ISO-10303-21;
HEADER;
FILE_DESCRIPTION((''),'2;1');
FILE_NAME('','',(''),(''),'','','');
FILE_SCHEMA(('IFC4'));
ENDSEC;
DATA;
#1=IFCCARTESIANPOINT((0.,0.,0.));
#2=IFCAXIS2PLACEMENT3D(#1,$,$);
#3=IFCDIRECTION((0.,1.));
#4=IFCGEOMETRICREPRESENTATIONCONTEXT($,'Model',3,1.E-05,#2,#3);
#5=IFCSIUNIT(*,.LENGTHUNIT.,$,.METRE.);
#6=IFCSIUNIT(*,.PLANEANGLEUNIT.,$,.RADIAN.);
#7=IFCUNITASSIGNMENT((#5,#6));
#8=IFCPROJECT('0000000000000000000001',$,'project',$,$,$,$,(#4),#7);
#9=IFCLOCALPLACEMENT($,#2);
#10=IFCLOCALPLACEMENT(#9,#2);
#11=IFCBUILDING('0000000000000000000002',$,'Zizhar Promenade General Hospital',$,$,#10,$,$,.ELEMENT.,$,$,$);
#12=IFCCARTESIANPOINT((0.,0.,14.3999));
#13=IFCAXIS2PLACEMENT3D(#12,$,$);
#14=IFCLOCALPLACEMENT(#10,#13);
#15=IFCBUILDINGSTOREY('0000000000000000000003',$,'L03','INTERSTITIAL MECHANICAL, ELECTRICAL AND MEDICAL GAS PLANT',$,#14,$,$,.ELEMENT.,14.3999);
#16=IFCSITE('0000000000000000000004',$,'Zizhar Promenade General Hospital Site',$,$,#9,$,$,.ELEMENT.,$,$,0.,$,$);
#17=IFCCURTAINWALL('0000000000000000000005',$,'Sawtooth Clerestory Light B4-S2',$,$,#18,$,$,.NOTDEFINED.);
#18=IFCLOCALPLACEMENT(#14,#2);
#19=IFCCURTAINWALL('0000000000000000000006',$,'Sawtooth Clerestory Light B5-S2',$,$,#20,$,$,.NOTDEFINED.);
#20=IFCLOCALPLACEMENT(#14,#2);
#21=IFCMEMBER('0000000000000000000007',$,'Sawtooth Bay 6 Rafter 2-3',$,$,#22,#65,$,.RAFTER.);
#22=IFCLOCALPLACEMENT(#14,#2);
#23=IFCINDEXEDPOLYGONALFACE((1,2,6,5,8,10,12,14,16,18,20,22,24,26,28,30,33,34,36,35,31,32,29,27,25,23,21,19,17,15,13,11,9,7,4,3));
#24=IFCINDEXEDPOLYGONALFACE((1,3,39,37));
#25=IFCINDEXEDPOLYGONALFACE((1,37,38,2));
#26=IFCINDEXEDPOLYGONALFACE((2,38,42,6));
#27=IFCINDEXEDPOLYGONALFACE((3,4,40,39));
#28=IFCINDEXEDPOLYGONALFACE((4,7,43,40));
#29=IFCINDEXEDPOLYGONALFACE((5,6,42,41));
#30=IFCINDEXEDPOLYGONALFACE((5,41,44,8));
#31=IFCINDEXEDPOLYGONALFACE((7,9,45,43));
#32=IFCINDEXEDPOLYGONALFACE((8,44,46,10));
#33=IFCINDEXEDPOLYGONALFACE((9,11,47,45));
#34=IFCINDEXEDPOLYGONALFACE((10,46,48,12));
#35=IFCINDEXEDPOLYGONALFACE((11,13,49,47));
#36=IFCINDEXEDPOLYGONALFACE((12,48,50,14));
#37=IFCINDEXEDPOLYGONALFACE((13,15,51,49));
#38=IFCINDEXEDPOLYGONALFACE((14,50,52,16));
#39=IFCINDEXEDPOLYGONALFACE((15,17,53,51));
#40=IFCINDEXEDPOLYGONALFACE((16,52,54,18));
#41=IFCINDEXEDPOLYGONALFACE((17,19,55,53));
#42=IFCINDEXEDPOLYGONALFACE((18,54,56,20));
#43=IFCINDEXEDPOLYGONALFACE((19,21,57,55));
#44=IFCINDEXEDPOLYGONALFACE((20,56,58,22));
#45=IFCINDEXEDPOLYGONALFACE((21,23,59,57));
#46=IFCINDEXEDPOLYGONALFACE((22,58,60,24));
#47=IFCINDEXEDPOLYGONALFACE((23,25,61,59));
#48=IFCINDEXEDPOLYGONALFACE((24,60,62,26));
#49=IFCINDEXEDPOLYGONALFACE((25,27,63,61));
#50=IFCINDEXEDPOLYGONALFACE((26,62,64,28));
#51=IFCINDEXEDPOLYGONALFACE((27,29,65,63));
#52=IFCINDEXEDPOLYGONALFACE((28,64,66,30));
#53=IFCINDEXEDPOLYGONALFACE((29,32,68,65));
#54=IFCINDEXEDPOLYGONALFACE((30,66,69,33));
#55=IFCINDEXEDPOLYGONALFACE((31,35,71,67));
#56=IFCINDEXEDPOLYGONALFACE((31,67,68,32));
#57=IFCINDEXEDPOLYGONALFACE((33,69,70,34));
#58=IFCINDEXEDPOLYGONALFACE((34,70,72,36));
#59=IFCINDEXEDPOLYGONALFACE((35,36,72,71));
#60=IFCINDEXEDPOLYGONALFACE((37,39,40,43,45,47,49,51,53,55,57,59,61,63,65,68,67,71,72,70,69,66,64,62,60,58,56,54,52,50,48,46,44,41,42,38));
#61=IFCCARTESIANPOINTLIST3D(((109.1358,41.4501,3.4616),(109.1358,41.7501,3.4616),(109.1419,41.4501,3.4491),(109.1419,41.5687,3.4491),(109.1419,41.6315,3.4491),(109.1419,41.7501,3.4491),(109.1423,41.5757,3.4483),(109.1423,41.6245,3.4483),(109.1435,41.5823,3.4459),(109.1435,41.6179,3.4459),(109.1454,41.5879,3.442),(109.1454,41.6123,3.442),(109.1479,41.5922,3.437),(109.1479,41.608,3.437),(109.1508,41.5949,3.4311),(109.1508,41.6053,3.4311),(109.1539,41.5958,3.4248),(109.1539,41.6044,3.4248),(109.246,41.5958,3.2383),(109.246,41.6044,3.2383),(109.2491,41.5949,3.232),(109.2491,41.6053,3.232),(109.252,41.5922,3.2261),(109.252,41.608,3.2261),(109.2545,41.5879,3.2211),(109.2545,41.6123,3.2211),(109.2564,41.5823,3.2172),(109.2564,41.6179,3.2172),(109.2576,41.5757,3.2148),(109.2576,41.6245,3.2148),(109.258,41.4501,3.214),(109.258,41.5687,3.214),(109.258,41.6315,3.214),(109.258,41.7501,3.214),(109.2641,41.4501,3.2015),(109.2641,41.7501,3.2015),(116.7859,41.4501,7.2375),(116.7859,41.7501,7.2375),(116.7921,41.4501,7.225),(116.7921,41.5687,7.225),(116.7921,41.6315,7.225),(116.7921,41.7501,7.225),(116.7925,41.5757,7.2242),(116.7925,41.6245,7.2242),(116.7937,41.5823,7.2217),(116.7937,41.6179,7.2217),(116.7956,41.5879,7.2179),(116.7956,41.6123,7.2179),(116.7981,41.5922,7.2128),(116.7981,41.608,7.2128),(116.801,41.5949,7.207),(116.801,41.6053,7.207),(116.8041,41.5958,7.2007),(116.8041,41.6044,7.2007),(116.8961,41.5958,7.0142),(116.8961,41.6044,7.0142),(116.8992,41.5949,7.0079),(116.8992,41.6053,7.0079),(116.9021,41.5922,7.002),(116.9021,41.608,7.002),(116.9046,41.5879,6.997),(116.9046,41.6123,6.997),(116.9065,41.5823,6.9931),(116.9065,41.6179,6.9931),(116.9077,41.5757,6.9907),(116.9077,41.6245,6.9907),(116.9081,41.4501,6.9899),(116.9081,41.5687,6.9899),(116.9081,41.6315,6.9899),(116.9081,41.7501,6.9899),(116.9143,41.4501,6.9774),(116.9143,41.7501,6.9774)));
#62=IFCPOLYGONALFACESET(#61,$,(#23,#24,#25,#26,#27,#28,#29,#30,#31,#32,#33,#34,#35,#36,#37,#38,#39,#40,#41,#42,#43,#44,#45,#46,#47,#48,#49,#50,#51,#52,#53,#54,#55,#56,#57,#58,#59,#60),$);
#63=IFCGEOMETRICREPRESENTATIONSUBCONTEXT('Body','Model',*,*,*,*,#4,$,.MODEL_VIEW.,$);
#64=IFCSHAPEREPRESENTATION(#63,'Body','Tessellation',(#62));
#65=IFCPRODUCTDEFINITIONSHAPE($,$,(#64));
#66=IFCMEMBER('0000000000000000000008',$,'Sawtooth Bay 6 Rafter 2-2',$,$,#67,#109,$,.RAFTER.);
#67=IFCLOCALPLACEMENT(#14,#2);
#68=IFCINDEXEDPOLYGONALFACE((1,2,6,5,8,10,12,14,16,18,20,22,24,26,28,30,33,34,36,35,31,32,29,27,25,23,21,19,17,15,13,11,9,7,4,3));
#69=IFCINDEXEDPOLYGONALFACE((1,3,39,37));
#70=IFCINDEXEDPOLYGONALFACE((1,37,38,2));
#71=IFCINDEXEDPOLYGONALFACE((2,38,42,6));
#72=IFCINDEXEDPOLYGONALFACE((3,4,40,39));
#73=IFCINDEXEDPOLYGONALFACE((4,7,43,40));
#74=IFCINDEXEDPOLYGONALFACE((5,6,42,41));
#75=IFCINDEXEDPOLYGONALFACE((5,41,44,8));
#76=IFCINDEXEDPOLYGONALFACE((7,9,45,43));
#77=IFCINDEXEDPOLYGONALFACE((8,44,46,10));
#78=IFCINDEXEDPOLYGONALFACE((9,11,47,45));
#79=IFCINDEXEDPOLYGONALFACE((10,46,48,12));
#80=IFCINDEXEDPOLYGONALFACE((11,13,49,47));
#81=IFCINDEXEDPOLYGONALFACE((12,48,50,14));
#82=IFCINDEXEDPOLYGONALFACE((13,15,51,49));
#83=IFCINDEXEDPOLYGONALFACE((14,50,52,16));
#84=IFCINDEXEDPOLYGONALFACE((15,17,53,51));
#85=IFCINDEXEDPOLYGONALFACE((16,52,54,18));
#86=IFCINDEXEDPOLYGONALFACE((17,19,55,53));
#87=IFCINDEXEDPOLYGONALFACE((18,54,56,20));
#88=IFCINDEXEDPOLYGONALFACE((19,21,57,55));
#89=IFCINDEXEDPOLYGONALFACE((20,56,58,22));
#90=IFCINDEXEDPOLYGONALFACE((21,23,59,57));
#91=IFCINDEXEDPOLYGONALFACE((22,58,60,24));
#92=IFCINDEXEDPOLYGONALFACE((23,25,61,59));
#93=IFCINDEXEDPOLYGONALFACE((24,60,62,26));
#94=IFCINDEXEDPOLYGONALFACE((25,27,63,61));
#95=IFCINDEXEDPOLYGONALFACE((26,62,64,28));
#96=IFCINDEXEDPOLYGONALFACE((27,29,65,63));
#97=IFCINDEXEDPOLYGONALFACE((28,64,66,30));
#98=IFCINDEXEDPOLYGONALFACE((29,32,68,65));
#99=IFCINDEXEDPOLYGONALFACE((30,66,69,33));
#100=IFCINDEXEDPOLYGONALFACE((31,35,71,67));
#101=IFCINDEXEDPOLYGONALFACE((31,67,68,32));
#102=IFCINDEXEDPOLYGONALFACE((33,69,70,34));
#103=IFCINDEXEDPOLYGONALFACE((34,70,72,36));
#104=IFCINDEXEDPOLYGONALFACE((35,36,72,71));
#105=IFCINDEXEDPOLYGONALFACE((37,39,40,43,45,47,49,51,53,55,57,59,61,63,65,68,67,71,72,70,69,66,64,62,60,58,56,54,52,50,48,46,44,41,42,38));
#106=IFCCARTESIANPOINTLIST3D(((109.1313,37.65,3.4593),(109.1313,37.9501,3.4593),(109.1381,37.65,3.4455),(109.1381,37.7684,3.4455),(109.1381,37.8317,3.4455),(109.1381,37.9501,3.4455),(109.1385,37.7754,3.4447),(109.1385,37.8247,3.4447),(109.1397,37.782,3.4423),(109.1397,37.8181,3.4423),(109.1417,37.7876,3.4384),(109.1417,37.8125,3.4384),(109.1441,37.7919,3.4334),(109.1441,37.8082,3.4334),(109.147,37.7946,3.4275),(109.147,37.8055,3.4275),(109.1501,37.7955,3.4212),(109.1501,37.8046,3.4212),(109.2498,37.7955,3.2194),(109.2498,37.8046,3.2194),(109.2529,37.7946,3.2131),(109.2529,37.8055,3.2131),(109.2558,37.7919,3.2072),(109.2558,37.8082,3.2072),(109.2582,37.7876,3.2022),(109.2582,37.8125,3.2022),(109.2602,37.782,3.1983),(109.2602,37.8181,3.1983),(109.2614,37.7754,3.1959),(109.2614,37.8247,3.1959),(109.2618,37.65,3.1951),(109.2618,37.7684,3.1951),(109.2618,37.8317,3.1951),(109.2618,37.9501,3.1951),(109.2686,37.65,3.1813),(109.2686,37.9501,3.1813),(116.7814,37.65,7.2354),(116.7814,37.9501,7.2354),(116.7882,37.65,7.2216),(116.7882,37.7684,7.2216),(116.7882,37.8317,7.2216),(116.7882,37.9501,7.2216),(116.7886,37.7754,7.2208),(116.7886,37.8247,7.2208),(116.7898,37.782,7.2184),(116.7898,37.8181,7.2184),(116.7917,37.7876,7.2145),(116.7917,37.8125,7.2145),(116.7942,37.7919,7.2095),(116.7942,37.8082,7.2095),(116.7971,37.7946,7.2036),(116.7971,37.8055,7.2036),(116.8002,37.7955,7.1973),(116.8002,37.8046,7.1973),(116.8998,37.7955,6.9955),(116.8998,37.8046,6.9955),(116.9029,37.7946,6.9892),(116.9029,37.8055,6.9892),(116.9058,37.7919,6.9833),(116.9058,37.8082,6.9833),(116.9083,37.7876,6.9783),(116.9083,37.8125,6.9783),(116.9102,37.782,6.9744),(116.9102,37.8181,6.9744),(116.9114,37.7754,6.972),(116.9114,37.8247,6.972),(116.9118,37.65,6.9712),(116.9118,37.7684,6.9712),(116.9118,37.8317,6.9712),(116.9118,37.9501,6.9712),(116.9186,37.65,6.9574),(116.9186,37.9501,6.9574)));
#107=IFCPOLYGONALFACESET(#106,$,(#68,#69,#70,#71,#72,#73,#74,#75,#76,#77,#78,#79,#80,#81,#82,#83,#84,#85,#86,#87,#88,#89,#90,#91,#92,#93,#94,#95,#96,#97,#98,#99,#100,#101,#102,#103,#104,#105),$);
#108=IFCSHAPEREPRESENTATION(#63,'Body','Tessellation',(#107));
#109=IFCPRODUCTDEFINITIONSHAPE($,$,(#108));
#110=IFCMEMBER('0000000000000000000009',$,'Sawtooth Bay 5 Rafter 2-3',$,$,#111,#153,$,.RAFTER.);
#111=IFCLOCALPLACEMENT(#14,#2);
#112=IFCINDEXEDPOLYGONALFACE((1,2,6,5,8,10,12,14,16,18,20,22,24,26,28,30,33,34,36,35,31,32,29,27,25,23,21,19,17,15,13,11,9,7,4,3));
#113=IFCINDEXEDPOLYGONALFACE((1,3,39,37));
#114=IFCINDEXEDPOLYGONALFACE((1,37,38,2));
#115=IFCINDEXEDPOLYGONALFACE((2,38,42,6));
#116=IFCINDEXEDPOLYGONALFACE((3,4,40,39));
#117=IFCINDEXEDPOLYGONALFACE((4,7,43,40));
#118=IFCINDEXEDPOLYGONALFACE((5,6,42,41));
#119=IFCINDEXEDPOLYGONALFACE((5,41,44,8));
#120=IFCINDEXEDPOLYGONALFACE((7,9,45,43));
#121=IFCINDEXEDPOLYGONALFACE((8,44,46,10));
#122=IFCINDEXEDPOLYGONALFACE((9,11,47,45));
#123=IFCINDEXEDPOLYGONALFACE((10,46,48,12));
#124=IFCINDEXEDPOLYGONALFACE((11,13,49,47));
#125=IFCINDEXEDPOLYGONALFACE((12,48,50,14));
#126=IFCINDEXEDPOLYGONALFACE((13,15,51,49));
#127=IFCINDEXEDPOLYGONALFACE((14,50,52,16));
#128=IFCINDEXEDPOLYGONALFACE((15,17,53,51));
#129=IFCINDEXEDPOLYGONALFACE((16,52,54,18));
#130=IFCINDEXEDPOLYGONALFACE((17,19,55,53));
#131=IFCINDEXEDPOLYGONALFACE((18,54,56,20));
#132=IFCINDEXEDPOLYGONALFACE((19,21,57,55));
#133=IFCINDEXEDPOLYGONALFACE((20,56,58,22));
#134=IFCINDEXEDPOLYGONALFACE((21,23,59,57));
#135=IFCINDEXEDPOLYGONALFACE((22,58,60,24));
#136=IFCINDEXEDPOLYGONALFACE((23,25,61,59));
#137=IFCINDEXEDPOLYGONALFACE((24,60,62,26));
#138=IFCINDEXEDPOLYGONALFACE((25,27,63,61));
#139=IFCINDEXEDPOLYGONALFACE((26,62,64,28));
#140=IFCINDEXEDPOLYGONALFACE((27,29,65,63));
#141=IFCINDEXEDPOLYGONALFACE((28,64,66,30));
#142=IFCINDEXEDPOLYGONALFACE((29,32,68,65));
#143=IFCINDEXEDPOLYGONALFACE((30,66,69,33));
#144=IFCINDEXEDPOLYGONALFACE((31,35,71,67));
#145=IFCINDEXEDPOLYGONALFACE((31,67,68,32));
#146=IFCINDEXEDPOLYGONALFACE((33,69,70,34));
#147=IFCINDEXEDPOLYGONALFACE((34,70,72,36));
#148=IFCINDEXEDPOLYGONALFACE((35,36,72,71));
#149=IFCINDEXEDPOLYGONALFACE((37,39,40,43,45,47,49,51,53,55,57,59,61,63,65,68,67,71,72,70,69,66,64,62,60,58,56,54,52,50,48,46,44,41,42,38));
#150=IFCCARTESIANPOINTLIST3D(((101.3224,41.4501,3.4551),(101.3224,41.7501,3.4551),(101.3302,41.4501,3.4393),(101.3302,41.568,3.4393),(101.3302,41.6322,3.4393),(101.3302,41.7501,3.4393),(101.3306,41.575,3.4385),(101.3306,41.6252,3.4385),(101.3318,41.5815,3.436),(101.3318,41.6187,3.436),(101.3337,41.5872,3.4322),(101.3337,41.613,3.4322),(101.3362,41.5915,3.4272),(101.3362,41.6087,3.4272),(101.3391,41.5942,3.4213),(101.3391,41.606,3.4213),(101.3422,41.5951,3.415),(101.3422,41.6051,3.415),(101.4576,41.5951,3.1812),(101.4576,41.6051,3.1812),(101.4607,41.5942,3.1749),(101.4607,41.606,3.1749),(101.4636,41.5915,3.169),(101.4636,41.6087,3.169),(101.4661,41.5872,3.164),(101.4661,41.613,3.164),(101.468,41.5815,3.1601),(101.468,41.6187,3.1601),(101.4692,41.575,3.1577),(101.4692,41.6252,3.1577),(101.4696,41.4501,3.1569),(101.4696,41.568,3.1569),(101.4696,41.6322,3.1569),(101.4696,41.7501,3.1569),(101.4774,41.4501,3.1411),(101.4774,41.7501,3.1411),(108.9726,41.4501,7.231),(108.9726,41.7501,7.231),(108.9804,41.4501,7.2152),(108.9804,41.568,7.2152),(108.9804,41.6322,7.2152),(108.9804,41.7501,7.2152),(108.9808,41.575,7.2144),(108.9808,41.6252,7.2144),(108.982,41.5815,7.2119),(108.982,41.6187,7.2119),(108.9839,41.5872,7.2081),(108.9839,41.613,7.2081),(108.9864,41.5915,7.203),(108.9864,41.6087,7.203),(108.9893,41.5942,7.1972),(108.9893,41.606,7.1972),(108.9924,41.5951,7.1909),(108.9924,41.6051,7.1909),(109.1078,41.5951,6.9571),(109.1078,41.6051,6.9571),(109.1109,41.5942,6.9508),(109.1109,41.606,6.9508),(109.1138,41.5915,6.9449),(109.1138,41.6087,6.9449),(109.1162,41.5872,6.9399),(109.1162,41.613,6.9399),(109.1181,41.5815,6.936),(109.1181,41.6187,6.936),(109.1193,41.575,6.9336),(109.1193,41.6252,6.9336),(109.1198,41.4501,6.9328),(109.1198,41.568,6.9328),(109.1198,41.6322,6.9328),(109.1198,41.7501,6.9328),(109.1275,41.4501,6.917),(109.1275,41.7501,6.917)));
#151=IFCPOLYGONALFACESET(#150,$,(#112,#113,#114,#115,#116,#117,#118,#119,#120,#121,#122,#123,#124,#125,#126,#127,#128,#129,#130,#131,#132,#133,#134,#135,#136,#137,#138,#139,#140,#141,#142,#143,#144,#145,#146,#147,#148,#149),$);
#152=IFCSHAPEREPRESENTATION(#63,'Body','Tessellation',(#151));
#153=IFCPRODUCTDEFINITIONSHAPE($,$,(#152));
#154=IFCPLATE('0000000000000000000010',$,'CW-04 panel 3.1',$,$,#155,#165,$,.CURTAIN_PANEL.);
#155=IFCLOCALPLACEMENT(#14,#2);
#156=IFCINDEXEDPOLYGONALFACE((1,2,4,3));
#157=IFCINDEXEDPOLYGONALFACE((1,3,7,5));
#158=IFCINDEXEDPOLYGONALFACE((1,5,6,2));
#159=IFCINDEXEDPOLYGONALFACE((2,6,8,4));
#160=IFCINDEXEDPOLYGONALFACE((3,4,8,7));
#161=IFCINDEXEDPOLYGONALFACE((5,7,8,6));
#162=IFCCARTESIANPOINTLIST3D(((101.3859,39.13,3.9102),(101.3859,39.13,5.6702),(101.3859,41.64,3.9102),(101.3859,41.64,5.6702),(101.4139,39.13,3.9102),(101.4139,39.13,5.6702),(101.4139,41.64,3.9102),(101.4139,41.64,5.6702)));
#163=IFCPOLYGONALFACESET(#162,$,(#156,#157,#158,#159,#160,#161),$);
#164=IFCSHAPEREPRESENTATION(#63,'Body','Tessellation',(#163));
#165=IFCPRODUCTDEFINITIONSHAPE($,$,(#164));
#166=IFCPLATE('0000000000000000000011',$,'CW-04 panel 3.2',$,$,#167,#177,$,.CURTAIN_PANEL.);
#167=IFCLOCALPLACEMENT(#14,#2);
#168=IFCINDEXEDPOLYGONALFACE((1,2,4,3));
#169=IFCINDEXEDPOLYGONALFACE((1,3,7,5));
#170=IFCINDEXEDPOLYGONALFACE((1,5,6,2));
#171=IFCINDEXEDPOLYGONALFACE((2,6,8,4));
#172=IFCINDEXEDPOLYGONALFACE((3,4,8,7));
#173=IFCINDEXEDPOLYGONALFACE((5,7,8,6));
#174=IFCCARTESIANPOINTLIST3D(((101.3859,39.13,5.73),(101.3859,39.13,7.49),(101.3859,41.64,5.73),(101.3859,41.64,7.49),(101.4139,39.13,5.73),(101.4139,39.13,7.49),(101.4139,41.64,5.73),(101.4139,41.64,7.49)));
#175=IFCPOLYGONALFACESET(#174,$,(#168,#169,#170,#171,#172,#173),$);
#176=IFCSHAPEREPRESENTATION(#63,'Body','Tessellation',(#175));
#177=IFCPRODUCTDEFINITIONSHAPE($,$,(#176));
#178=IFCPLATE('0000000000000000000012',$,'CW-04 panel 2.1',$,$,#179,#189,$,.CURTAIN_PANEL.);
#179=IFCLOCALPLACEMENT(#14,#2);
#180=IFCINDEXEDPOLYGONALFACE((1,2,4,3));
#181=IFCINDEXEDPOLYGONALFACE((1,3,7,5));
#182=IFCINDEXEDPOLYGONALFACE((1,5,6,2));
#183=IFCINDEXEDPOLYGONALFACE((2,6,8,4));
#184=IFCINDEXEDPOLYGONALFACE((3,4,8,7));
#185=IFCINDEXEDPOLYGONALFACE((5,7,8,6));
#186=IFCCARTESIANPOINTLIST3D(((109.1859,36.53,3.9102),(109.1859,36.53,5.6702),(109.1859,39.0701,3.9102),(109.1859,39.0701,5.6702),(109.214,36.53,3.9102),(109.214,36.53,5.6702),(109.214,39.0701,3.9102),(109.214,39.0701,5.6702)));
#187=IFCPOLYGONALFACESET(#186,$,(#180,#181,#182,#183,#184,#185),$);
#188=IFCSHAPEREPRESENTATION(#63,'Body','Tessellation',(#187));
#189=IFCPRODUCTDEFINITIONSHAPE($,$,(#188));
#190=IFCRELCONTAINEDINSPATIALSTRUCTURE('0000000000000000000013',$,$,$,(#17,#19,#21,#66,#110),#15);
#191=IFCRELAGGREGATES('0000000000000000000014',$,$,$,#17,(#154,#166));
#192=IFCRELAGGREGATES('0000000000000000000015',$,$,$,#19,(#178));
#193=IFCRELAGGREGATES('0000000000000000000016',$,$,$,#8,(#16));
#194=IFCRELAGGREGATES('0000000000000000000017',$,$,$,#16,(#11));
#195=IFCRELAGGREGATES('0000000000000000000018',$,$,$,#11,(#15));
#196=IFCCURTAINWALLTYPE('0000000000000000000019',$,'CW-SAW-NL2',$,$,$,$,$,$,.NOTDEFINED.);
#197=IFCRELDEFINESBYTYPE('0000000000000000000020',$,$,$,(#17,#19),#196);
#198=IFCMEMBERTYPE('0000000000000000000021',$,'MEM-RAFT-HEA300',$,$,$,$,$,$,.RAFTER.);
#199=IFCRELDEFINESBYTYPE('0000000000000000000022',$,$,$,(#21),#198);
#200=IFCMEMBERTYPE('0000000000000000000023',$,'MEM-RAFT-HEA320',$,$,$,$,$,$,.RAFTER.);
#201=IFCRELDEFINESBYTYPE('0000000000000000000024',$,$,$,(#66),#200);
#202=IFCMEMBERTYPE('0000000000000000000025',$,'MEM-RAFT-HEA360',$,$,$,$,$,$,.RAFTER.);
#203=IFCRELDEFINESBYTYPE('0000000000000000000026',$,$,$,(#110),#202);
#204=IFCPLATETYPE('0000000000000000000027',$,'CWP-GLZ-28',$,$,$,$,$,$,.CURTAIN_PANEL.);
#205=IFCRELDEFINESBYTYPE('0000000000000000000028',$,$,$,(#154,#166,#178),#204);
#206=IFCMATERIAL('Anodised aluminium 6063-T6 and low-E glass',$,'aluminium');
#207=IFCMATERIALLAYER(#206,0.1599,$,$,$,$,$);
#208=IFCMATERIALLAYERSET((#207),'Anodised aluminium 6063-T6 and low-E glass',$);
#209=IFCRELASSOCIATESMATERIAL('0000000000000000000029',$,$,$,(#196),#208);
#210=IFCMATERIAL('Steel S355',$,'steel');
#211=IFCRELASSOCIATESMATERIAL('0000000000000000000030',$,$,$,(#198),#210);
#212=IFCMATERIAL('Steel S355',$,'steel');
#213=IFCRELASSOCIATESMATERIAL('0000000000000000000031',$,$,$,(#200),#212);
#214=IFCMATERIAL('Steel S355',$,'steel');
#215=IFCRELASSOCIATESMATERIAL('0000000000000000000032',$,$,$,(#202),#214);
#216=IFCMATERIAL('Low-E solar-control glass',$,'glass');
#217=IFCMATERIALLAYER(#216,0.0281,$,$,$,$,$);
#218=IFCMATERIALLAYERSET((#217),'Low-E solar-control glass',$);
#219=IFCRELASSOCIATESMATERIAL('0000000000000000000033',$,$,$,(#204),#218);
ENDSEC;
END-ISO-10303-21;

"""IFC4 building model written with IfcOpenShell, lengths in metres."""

from ifc_helpers import new_model, si_unit, direction, frame, origin, origin_2d, place, context, subcontext, project, spatial, rectangle, i_section, extrude, material, layer, layer_set, material_profile, profile_set, type_object, element, aggregate, save


model = new_model("IFC4")

# Units and contexts
model_context = context("Model", 3, precision=1e-05, world=origin(), true_north=direction((0.0, 1.0)))
body_context = subcontext(model_context, "Body", "Model", "MODEL_VIEW")
ifc_project = project(units=[si_unit("LENGTHUNIT", "METRE"), si_unit("PLANEANGLEUNIT", "RADIAN")], contexts=[model_context])

# Site, building, storey
site_placement = place(None, origin())
site = spatial("IfcSite", under=ifc_project, at=site_placement, Name="Zizhar Promenade General Hospital Site", CompositionType="ELEMENT", RefElevation=0.0)
building_placement = place(site_placement, origin())
building = spatial("IfcBuilding", under=site, at=building_placement, Name="Zizhar Promenade General Hospital", CompositionType="ELEMENT")
storey_placement = place(building_placement, frame((0.0, 0.0, 14.3999)))
storey = spatial("IfcBuildingStorey", under=building, at=storey_placement, Name="L03", Description="INTERSTITIAL MECHANICAL, ELECTRICAL AND MEDICAL GAS PLANT", CompositionType="ELEMENT", Elevation=14.3999)

# Curtain wall
ifc_material_1 = material(Name="Anodised aluminium 6063-T6 and low-E glass", Category="aluminium")
ifc_layer_1 = layer(ifc_material_1, 0.1599)
ifc_layer_set_1 = layer_set([ifc_layer_1], Name="Anodised aluminium 6063-T6 and low-E glass")
curtain_wall_type_1 = type_object("IfcCurtainWallType", Name="CW-SAW-NL2", PredefinedType="NOTDEFINED", material=ifc_layer_set_1)
curtain_wall_1_placement = place(storey_placement, origin())
curtain_wall_1 = element("IfcCurtainWall", 1, at=curtain_wall_1_placement, inside=storey, type_object=curtain_wall_type_1, Name="Sawtooth Clerestory Light B4-S2", PredefinedType="NOTDEFINED")

# Curtain wall
curtain_wall_2_placement = place(storey_placement, origin())
curtain_wall_2 = element("IfcCurtainWall", 2, at=curtain_wall_2_placement, inside=storey, type_object=curtain_wall_type_1, Name="Sawtooth Clerestory Light B5-S2", PredefinedType="NOTDEFINED")

# Members
ifc_material_2 = material(Name="Steel S355", Category="steel")
ifc_material_profile_1 = material_profile(ifc_material_2, i_section(OverallWidth=0.3, OverallDepth=0.29, WebThickness=0.0085, FlangeThickness=0.0139, FilletRadius=0.0271, at=origin_2d()))
ifc_profile_set_1 = profile_set([ifc_material_profile_1], Name="Steel S355")
member_type_1 = type_object("IfcMemberType", Name="MEM-RAFT-HEA300", PredefinedType="RAFTER", material=ifc_profile_set_1)
member_1_placement = place(storey_placement, frame((109.2, 41.6001, 3.3315), z_axis=(0.896722, 0.0, 0.442595), x_axis=(0.0, 1.0, 0.0)))
element("IfcMember", 3, at=member_1_placement, inside=storey, type_object=member_type_1, Name="Sawtooth Bay 6 Rafter 2-3", PredefinedType="RAFTER", context=body_context, shape_type="SweptSolid", body=[
    extrude(i_section(OverallWidth=0.3, OverallDepth=0.29, WebThickness=0.0085, FlangeThickness=0.0139, FilletRadius=0.0271, at=origin_2d()), origin(), (0.0, 0.0, 1.0), 8.5312),
])
ifc_material_3 = material(Name="Steel S355", Category="steel")
ifc_material_profile_2 = material_profile(ifc_material_3, i_section(OverallWidth=0.3, OverallDepth=0.3101, WebThickness=0.009, FlangeThickness=0.0154, FilletRadius=0.0271, at=origin_2d()))
ifc_profile_set_2 = profile_set([ifc_material_profile_2], Name="Steel S355")
member_type_2 = type_object("IfcMemberType", Name="MEM-RAFT-HEA320", PredefinedType="RAFTER", material=ifc_profile_set_2)
member_2_placement = place(storey_placement, frame((109.2, 37.8, 3.3203), z_axis=(0.89671, 0.0, 0.442618), x_axis=(0.0, 1.0, 0.0)))
element("IfcMember", 4, at=member_2_placement, inside=storey, type_object=member_type_2, Name="Sawtooth Bay 6 Rafter 2-2", PredefinedType="RAFTER", context=body_context, shape_type="SweptSolid", body=[
    extrude(i_section(OverallWidth=0.3, OverallDepth=0.3101, WebThickness=0.009, FlangeThickness=0.0154, FilletRadius=0.0271, at=origin_2d()), origin(), (0.0, 0.0, 1.0), 8.5312),
])
ifc_material_4 = material(Name="Steel S355", Category="steel")
ifc_material_profile_3 = material_profile(ifc_material_4, i_section(OverallWidth=0.3, OverallDepth=0.3501, WebThickness=0.01, FlangeThickness=0.0176, FilletRadius=0.0271, at=origin_2d()))
ifc_profile_set_3 = profile_set([ifc_material_profile_3], Name="Steel S355")
member_type_3 = type_object("IfcMemberType", Name="MEM-RAFT-HEA360", PredefinedType="RAFTER", material=ifc_profile_set_3)
member_3_placement = place(storey_placement, frame((101.3999, 41.6001, 3.2981), z_axis=(0.896722, 0.0, 0.442595), x_axis=(0.0, 1.0, 0.0)))
element("IfcMember", 5, at=member_3_placement, inside=storey, type_object=member_type_3, Name="Sawtooth Bay 5 Rafter 2-3", PredefinedType="RAFTER", context=body_context, shape_type="SweptSolid", body=[
    extrude(i_section(OverallWidth=0.3, OverallDepth=0.3501, WebThickness=0.01, FlangeThickness=0.0176, FilletRadius=0.0271, at=origin_2d()), origin(), (0.0, 0.0, 1.0), 8.5312),
])

# Plates
ifc_material_5 = material(Name="Low-E solar-control glass", Category="glass")
ifc_layer_2 = layer(ifc_material_5, 0.0281)
ifc_layer_set_2 = layer_set([ifc_layer_2], Name="Low-E solar-control glass")
plate_type = type_object("IfcPlateType", Name="CWP-GLZ-28", PredefinedType="CURTAIN_PANEL", material=ifc_layer_set_2)
plate_1_placement = place(storey_placement, frame((101.3999, 40.385, 3.9102), z_axis=(0.0, 0.0, 1.0), x_axis=(0.0, 1.0, 0.0)))
plate_1 = element("IfcPlate", 6, at=plate_1_placement, type_object=plate_type, Name="CW-04 panel 3.1", PredefinedType="CURTAIN_PANEL", context=body_context, shape_type="SweptSolid", body=[
    extrude(rectangle(XDim=2.51, YDim=0.0281, at=origin_2d()), origin(), (0.0, 0.0, 1.0), 1.76),
])
plate_2_placement = place(storey_placement, frame((101.3999, 40.385, 5.73), z_axis=(0.0, 0.0, 1.0), x_axis=(0.0, 1.0, 0.0)))
plate_2 = element("IfcPlate", 7, at=plate_2_placement, type_object=plate_type, Name="CW-04 panel 3.2", PredefinedType="CURTAIN_PANEL", context=body_context, shape_type="SweptSolid", body=[
    extrude(rectangle(XDim=2.51, YDim=0.0281, at=origin_2d()), origin(), (0.0, 0.0, 1.0), 1.76),
])
aggregate(curtain_wall_1, [plate_1, plate_2])
plate_3_placement = place(storey_placement, frame((109.2, 37.8, 3.9102), z_axis=(0.0, 0.0, 1.0), x_axis=(0.0, 1.0, 0.0)))
plate_3 = element("IfcPlate", 8, at=plate_3_placement, type_object=plate_type, Name="CW-04 panel 2.1", PredefinedType="CURTAIN_PANEL", context=body_context, shape_type="SweptSolid", body=[
    extrude(rectangle(XDim=2.54, YDim=0.0281, at=origin_2d()), origin(), (0.0, 0.0, 1.0), 1.76),
])
aggregate(curtain_wall_2, [plate_3])

save(model, "model.ifc")
